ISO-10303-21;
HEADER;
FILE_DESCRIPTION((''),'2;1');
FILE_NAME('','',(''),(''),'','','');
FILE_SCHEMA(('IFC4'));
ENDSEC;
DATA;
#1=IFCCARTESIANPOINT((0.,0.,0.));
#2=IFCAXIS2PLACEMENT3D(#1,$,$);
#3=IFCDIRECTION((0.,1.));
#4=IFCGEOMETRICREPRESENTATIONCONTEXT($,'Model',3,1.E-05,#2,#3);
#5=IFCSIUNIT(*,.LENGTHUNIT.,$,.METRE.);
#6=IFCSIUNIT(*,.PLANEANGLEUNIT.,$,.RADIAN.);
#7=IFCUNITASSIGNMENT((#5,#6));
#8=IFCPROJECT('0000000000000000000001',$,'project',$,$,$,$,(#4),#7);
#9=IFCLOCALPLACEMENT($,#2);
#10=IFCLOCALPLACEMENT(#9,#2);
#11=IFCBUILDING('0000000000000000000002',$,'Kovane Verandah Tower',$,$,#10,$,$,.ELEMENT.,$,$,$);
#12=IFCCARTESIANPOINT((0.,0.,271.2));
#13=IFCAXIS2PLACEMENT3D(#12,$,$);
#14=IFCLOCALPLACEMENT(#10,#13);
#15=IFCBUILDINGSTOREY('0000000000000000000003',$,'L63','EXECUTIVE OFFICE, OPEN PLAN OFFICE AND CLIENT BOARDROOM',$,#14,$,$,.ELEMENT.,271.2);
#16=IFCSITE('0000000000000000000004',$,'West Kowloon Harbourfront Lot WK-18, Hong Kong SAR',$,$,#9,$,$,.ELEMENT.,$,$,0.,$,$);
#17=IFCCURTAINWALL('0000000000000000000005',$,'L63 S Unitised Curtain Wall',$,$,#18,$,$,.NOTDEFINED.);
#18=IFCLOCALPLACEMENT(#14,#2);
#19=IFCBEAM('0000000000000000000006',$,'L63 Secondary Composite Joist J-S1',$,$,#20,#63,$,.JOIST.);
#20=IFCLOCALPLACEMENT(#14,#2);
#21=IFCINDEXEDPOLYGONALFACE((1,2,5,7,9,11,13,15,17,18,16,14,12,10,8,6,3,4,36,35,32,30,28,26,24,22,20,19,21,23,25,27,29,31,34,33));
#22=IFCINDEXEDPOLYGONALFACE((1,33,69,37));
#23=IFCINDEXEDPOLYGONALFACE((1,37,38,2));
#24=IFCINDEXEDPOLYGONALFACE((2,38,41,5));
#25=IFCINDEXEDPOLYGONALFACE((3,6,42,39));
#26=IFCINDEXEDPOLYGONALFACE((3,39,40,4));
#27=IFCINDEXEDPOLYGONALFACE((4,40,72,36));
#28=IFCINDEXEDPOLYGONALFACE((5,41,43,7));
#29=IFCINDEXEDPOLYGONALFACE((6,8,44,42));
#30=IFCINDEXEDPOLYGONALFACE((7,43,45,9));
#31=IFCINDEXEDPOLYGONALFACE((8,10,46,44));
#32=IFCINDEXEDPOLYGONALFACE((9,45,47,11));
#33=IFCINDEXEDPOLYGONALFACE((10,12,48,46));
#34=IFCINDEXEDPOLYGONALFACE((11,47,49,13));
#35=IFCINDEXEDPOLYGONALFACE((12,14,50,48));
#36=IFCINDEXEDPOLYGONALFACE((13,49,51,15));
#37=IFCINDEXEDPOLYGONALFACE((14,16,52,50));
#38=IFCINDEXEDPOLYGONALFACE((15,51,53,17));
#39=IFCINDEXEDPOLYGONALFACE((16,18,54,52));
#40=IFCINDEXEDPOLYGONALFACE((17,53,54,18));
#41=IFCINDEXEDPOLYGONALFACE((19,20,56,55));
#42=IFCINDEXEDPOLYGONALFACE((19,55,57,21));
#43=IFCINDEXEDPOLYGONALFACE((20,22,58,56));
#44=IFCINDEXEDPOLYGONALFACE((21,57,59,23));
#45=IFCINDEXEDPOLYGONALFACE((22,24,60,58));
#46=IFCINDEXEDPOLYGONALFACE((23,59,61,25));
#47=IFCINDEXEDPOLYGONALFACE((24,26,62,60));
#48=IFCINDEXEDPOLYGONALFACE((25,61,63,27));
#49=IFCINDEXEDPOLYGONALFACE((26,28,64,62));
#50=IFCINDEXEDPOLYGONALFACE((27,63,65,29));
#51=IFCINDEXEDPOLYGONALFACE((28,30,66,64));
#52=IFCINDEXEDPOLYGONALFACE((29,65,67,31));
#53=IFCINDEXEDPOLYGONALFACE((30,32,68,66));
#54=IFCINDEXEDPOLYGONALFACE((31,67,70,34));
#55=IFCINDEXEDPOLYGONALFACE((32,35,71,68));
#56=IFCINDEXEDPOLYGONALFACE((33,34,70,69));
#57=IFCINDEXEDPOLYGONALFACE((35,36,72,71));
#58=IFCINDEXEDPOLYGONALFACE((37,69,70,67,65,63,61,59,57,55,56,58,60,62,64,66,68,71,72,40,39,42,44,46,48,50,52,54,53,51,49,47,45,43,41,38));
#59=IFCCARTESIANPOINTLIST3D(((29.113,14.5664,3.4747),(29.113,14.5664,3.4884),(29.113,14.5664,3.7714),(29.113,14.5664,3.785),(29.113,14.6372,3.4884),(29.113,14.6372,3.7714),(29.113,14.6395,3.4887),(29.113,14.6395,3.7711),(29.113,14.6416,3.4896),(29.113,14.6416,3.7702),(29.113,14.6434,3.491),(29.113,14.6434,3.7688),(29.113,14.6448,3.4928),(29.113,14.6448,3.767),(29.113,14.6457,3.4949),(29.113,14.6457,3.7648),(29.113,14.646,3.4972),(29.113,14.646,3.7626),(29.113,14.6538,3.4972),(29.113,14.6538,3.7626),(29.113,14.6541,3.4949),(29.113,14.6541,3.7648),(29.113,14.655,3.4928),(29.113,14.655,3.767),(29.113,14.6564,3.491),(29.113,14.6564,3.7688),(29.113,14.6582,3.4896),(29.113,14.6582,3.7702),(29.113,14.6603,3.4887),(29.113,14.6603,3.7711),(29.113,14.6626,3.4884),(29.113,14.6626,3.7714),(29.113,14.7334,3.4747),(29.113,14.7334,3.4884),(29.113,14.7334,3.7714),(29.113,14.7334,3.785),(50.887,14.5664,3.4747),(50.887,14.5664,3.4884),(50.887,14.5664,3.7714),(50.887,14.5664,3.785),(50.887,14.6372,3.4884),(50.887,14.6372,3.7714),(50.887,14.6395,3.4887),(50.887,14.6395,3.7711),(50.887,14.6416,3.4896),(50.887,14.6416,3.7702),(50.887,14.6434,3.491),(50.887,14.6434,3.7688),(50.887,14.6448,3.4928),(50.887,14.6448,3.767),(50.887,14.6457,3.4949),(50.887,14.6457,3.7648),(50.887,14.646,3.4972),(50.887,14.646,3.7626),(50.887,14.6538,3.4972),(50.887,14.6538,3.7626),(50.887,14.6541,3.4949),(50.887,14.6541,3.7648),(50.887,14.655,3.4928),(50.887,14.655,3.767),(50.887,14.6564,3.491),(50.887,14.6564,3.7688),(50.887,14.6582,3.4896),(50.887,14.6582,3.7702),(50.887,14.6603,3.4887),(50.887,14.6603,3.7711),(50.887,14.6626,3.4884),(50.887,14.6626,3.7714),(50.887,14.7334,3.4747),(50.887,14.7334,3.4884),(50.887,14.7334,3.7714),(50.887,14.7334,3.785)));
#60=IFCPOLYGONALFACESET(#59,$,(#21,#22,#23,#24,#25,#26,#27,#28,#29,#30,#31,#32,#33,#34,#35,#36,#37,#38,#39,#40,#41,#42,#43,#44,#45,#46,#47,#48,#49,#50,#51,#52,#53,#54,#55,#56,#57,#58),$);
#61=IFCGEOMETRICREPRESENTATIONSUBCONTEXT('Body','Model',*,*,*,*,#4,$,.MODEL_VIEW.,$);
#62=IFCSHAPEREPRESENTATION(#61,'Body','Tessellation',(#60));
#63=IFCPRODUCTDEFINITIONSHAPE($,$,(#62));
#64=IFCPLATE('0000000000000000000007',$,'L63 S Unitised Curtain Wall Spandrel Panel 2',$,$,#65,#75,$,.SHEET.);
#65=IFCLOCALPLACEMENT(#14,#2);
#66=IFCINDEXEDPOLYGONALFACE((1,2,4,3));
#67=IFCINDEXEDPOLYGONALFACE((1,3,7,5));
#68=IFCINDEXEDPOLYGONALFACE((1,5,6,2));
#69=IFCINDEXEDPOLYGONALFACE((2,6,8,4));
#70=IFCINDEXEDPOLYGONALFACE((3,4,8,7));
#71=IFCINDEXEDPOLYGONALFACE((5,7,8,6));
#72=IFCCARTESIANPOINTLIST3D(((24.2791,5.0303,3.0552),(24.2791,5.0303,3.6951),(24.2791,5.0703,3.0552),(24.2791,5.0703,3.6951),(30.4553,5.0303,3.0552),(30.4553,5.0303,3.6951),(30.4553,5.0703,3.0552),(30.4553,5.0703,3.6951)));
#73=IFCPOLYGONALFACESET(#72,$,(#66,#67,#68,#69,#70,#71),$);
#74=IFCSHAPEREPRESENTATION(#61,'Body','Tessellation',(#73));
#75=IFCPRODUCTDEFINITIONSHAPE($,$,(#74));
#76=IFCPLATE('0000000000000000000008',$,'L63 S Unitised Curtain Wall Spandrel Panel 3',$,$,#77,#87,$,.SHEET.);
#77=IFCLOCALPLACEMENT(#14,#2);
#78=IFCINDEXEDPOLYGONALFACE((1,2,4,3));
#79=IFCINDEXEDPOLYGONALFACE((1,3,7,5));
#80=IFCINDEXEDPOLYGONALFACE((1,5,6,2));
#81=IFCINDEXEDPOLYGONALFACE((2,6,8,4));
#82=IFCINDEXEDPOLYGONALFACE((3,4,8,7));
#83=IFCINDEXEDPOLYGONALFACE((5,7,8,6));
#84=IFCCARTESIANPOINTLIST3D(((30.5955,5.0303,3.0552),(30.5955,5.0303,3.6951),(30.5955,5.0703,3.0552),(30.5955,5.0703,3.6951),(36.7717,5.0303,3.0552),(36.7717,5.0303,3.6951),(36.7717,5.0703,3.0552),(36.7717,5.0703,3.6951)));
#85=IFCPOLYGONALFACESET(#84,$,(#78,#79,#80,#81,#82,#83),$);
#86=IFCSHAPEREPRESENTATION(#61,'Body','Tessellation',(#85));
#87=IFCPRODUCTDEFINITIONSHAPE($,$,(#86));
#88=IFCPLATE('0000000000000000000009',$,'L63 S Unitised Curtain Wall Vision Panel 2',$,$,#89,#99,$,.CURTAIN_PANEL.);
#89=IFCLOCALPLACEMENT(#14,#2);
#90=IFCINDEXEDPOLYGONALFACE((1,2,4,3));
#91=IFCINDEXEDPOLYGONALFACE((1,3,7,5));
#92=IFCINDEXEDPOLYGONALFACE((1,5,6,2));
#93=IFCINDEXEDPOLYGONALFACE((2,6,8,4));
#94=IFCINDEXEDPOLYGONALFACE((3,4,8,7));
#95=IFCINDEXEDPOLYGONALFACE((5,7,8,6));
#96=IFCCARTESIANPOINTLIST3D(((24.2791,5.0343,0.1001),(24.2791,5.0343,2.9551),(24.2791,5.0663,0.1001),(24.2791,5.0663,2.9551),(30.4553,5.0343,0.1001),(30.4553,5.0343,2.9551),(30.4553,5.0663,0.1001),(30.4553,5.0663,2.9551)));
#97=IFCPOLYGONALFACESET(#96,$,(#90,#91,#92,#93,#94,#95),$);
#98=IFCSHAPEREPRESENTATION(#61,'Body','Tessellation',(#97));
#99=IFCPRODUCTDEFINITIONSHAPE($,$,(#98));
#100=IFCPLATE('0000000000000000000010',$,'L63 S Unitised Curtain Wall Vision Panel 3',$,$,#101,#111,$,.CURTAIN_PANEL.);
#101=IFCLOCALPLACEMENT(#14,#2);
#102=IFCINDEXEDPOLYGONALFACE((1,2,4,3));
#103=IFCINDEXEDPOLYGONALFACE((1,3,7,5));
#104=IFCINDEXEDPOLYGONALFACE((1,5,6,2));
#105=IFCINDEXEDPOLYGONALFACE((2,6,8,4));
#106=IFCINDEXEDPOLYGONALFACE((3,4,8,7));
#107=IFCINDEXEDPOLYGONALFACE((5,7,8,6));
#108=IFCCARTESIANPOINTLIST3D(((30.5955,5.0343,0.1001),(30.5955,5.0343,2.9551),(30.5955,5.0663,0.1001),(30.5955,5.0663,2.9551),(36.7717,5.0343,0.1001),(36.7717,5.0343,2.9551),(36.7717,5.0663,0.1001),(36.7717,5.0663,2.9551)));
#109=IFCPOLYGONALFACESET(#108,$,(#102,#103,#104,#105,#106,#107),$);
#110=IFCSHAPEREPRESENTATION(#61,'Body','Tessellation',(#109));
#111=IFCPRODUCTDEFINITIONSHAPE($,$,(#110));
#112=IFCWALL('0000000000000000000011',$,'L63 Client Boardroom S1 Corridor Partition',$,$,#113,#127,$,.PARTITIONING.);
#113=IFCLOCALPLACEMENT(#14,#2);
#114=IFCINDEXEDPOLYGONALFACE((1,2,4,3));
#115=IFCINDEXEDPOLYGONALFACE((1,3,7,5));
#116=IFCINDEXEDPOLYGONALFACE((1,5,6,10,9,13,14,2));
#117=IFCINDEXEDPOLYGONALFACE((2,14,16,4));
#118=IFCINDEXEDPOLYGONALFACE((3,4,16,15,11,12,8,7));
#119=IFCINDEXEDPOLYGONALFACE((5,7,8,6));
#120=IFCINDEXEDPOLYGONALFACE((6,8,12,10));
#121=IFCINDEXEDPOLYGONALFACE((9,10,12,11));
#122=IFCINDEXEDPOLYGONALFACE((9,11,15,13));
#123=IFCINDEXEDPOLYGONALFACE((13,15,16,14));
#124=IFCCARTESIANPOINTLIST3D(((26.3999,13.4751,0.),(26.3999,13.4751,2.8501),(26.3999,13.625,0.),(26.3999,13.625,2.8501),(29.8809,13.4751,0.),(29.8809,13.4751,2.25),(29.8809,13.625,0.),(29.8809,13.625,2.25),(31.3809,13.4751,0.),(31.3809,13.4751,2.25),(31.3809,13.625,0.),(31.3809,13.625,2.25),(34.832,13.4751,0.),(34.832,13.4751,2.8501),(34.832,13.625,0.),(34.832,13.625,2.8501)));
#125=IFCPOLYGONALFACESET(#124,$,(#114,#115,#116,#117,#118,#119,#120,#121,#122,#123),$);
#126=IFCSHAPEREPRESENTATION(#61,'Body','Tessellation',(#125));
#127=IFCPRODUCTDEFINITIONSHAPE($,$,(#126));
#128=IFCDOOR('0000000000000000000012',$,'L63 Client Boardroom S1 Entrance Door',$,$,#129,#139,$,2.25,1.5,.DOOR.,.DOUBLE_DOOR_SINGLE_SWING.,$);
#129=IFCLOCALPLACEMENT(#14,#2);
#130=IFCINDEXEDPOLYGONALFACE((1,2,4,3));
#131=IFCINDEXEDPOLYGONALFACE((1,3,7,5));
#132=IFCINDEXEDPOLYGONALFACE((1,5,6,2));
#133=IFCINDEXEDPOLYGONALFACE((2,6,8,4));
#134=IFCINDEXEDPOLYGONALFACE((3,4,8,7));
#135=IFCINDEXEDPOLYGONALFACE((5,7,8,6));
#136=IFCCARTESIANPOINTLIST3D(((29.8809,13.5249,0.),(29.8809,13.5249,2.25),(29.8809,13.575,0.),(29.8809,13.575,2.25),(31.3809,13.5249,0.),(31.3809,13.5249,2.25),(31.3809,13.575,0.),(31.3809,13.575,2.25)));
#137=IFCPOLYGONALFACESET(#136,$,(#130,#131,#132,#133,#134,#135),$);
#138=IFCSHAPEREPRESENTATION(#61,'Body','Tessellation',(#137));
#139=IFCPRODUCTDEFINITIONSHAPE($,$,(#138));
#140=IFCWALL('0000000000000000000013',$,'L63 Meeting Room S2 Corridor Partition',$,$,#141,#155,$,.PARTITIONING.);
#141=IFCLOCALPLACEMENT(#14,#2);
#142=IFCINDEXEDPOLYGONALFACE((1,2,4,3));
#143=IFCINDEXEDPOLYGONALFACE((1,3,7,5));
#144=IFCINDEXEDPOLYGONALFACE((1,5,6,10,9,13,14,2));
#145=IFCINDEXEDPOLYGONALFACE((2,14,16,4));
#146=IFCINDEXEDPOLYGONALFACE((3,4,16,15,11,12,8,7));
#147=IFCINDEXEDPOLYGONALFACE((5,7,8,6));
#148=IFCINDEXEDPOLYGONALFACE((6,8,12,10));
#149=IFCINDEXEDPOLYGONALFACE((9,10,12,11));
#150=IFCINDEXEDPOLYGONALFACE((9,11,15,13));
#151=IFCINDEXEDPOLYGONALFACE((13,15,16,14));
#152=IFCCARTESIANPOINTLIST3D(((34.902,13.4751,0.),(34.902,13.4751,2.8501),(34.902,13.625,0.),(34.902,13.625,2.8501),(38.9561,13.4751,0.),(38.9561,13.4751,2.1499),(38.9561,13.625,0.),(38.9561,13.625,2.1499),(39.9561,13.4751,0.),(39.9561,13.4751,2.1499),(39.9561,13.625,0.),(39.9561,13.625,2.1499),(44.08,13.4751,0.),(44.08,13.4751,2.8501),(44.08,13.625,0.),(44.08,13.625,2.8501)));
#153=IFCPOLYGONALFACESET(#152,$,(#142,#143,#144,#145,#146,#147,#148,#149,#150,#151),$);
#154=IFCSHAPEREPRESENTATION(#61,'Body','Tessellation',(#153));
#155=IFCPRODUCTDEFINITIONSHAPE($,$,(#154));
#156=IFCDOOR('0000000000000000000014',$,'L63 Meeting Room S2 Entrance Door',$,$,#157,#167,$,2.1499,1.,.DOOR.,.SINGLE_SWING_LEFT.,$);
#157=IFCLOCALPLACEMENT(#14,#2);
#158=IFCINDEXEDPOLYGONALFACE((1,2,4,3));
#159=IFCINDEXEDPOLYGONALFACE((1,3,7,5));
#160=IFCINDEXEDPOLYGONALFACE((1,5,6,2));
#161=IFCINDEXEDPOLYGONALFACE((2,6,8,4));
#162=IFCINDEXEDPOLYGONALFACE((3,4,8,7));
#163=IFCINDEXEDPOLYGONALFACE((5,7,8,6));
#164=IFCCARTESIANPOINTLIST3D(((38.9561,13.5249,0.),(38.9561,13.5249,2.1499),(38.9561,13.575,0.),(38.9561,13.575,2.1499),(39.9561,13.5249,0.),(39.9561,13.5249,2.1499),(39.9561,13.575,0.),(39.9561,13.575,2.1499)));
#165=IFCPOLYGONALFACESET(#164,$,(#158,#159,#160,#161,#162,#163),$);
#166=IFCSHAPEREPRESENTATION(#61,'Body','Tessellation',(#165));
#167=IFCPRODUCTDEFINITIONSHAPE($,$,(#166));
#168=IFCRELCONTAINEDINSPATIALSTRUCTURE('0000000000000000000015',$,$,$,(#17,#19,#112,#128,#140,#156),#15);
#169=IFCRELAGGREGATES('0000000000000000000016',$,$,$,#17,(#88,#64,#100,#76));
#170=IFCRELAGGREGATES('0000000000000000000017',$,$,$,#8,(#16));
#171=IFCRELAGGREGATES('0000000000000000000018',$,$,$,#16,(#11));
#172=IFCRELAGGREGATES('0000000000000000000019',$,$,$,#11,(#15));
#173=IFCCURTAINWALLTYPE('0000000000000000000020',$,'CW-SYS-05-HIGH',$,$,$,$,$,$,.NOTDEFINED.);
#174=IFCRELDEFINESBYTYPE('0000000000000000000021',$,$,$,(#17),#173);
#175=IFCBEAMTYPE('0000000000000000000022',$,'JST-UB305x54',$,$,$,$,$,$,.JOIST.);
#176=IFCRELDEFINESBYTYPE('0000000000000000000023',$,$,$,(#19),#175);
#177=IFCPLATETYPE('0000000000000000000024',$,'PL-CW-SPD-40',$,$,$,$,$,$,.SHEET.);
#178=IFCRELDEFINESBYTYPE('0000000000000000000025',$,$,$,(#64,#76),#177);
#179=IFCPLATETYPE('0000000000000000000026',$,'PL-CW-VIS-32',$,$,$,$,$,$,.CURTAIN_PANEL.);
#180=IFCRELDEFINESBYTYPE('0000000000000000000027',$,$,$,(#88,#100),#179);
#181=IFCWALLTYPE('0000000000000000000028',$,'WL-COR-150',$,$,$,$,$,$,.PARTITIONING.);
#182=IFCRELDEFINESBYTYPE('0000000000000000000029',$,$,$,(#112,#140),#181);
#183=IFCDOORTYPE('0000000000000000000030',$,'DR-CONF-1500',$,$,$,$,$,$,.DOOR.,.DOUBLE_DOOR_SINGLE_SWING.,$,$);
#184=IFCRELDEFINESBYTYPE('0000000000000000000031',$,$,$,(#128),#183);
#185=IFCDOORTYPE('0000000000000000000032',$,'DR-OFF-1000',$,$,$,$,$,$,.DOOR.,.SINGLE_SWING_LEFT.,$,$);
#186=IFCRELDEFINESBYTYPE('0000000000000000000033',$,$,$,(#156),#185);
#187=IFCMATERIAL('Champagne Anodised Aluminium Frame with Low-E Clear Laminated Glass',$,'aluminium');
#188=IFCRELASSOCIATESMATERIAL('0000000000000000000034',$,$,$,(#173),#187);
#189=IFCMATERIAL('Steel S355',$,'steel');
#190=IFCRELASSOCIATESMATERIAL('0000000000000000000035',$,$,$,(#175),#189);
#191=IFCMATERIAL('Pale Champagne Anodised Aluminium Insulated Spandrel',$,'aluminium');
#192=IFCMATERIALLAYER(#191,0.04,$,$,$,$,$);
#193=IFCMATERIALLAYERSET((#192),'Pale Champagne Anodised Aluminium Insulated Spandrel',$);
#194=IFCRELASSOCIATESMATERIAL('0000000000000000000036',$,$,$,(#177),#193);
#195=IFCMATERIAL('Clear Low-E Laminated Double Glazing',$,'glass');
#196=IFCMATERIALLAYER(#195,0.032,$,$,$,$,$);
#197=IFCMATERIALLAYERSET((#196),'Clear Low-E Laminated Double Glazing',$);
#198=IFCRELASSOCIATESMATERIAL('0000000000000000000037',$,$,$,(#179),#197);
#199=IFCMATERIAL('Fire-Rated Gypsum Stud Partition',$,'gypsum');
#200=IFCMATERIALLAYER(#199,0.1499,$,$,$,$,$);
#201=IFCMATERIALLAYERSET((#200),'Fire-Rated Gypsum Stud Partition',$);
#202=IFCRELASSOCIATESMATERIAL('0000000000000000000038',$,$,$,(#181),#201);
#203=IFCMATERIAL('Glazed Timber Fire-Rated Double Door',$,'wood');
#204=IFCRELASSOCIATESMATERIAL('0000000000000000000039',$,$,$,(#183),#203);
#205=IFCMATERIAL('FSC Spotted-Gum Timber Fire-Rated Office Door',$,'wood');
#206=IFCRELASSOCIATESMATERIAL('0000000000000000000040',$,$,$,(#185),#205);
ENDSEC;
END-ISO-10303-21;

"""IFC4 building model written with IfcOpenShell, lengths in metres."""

from ifc_helpers import new_model, si_unit, direction, frame, frame_2d, origin, origin_2d, place, context, subcontext, project, spatial, rectangle, i_section, extrude, material, layer, layer_set, material_profile, profile_set, type_object, element, fill, aggregate, save


model = new_model("IFC4")

# Units and contexts
model_context = context("Model", 3, precision=1e-05, world=origin(), true_north=direction((0.0, 1.0)))
body_context = subcontext(model_context, "Body", "Model", "MODEL_VIEW")
ifc_project = project(units=[si_unit("LENGTHUNIT", "METRE"), si_unit("PLANEANGLEUNIT", "RADIAN")], contexts=[model_context])

# Site, building, storey
site_placement = place(None, origin())
site = spatial("IfcSite", under=ifc_project, at=site_placement, Name="West Kowloon Harbourfront Lot WK-18, Hong Kong SAR", CompositionType="ELEMENT", RefElevation=0.0)
building_placement = place(site_placement, origin())
building = spatial("IfcBuilding", under=site, at=building_placement, Name="Kovane Verandah Tower", CompositionType="ELEMENT")
storey_placement = place(building_placement, frame((0.0, 0.0, 271.2)))
storey = spatial("IfcBuildingStorey", under=building, at=storey_placement, Name="L63", Description="EXECUTIVE OFFICE, OPEN PLAN OFFICE AND CLIENT BOARDROOM", CompositionType="ELEMENT", Elevation=271.2)

# Shared definitions
ifc_material_1 = material(Name="Steel S355", Category="steel")

# Curtain wall
ifc_material_2 = material(Name="Champagne Anodised Aluminium Frame with Low-E Clear Laminated Glass", Category="aluminium")
curtain_wall_type = type_object("IfcCurtainWallType", Name="CW-SYS-05-HIGH", PredefinedType="NOTDEFINED", material=ifc_material_2)
curtain_wall_placement = place(storey_placement, origin())
curtain_wall = element("IfcCurtainWall", 1, at=curtain_wall_placement, inside=storey, type_object=curtain_wall_type, Name="L63 S Unitised Curtain Wall", PredefinedType="NOTDEFINED")

# Beam
ifc_material_profile_1 = material_profile(ifc_material_1, i_section(OverallWidth=0.167, OverallDepth=0.3103, WebThickness=0.0078, FlangeThickness=0.0137, FilletRadius=0.0088, at=origin_2d()), Name="UB305x165x54")
ifc_profile_set_1 = profile_set([ifc_material_profile_1], Name="Steel S355")
beam_type_1 = type_object("IfcBeamType", Name="JST-UB305x54", PredefinedType="JOIST", material=ifc_profile_set_1)
beam_1_placement = place(storey_placement, frame((29.113, 14.6499, 3.6299), z_axis=(1.0, 0.0, 0.0), x_axis=(0.0, 1.0, 0.0)))
element("IfcBeam", 2, at=beam_1_placement, inside=storey, type_object=beam_type_1, Name="L63 Secondary Composite Joist J-S1", PredefinedType="JOIST", context=body_context, shape_type="SweptSolid", body=[
    extrude(i_section(OverallWidth=0.167, OverallDepth=0.3103, WebThickness=0.0078, FlangeThickness=0.0137, FilletRadius=0.0088, at=origin_2d()), origin(), (0.0, 0.0, 1.0), 21.7739),
])

# Plates
ifc_material_3 = material(Name="Pale Champagne Anodised Aluminium Insulated Spandrel", Category="aluminium")
ifc_layer_1 = layer(ifc_material_3, 0.04)
ifc_layer_set_1 = layer_set([ifc_layer_1], Name="Pale Champagne Anodised Aluminium Insulated Spandrel")
plate_type_1 = type_object("IfcPlateType", Name="PL-CW-SPD-40", PredefinedType="SHEET", material=ifc_layer_set_1)
plate_1_placement = place(storey_placement, frame((27.3672, 5.0503, 3.0552), z_axis=(0.0, 0.0, 1.0), x_axis=(1.0, 0.0, 0.0)))
plate_1 = element("IfcPlate", 3, at=plate_1_placement, type_object=plate_type_1, Name="L63 S Unitised Curtain Wall Spandrel Panel 2", PredefinedType="SHEET", context=body_context, shape_type="SweptSolid", body=[
    extrude(rectangle(XDim=6.1763, YDim=0.04, at=origin_2d()), origin(), (0.0, 0.0, 1.0), 0.6399),
])
plate_2_placement = place(storey_placement, frame((33.6836, 5.0503, 3.0552), z_axis=(0.0, 0.0, 1.0), x_axis=(1.0, 0.0, 0.0)))
plate_2 = element("IfcPlate", 4, at=plate_2_placement, type_object=plate_type_1, Name="L63 S Unitised Curtain Wall Spandrel Panel 3", PredefinedType="SHEET", context=body_context, shape_type="SweptSolid", body=[
    extrude(rectangle(XDim=6.1763, YDim=0.04, at=origin_2d()), origin(), (0.0, 0.0, 1.0), 0.6399),
])
ifc_material_4 = material(Name="Clear Low-E Laminated Double Glazing", Category="glass")
ifc_layer_2 = layer(ifc_material_4, 0.032)
ifc_layer_set_2 = layer_set([ifc_layer_2], Name="Clear Low-E Laminated Double Glazing")
plate_type_2 = type_object("IfcPlateType", Name="PL-CW-VIS-32", PredefinedType="CURTAIN_PANEL", material=ifc_layer_set_2)
plate_3_placement = place(storey_placement, frame((27.3672, 5.0503, 0.1001), z_axis=(0.0, 0.0, 1.0), x_axis=(1.0, 0.0, 0.0)))
plate_3 = element("IfcPlate", 5, at=plate_3_placement, type_object=plate_type_2, Name="L63 S Unitised Curtain Wall Vision Panel 2", PredefinedType="CURTAIN_PANEL", context=body_context, shape_type="SweptSolid", body=[
    extrude(rectangle(XDim=6.1763, YDim=0.032, at=origin_2d()), origin(), (0.0, 0.0, 1.0), 2.855),
])
plate_4_placement = place(storey_placement, frame((33.6836, 5.0503, 0.1001), z_axis=(0.0, 0.0, 1.0), x_axis=(1.0, 0.0, 0.0)))
plate_4 = element("IfcPlate", 6, at=plate_4_placement, type_object=plate_type_2, Name="L63 S Unitised Curtain Wall Vision Panel 3", PredefinedType="CURTAIN_PANEL", context=body_context, shape_type="SweptSolid", body=[
    extrude(rectangle(XDim=6.1763, YDim=0.032, at=origin_2d()), origin(), (0.0, 0.0, 1.0), 2.855),
])
aggregate(curtain_wall, [plate_3, plate_1, plate_4, plate_2])

# Walls, openings, doors
ifc_material_5 = material(Name="Fire-Rated Gypsum Stud Partition", Category="gypsum")
ifc_layer_3 = layer(ifc_material_5, 0.1499)
ifc_layer_set_3 = layer_set([ifc_layer_3], Name="Fire-Rated Gypsum Stud Partition")
wall_type_1 = type_object("IfcWallType", Name="WL-COR-150", PredefinedType="PARTITIONING", material=ifc_layer_set_3)
wall_1_placement = place(storey_placement, frame((26.3999, 13.55, 0.0), z_axis=(0.0, 0.0, 1.0), x_axis=(1.0, 0.0, 0.0)))
wall_1 = element("IfcWall", 7, at=wall_1_placement, inside=storey, type_object=wall_type_1, Name="L63 Client Boardroom S1 Corridor Partition", PredefinedType="PARTITIONING", context=body_context, shape_type="SweptSolid", body=[
    extrude(rectangle(XDim=8.4321, YDim=0.1499, at=frame_2d((4.2161, 0.0))), origin(), (0.0, 0.0, 1.0), 2.8501),
])
opening_1_placement = place(wall_1_placement, frame((3.481, 0.0, 0.0)))
opening_1 = element("IfcOpeningElement", 8, at=opening_1_placement, cuts=wall_1, PredefinedType="OPENING", context=body_context, shape_type="SweptSolid", body=[
    extrude(rectangle(XDim=1.5, YDim=2.25, at=frame_2d((0.75, 1.125))), frame((0.0, 0.075, 0.0), z_axis=(0.0, -1.0, 0.0), x_axis=(1.0, 0.0, 0.0)), (0.0, 0.0, 1.0), 0.1499),
])
ifc_material_6 = material(Name="Glazed Timber Fire-Rated Double Door", Category="wood")
door_type_1 = type_object("IfcDoorType", Name="DR-CONF-1500", OperationType="DOUBLE_DOOR_SINGLE_SWING", PredefinedType="DOOR", material=ifc_material_6)
door_1_placement = place(opening_1_placement, origin())
door_1 = element("IfcDoor", 9, at=door_1_placement, inside=storey, type_object=door_type_1, Name="L63 Client Boardroom S1 Entrance Door", OperationType="DOUBLE_DOOR_SINGLE_SWING", OverallHeight=2.25, OverallWidth=1.5, PredefinedType="DOOR", context=body_context, shape_type="SweptSolid", body=[
    extrude(rectangle(XDim=1.5, YDim=2.25, at=frame_2d((0.75, 1.125))), frame((0.0, 0.0249, 0.0), z_axis=(0.0, -1.0, 0.0), x_axis=(1.0, 0.0, 0.0)), (0.0, 0.0, 1.0), 0.05),
])
fill(opening_1, door_1)
wall_2_placement = place(storey_placement, frame((34.9021, 13.55, 0.0), z_axis=(0.0, 0.0, 1.0), x_axis=(1.0, 0.0, 0.0)))
wall_2 = element("IfcWall", 10, at=wall_2_placement, inside=storey, type_object=wall_type_1, Name="L63 Meeting Room S2 Corridor Partition", PredefinedType="PARTITIONING", context=body_context, shape_type="SweptSolid", body=[
    extrude(rectangle(XDim=9.178, YDim=0.1499, at=frame_2d((4.5889, 0.0))), origin(), (0.0, 0.0, 1.0), 2.8501),
])
opening_2_placement = place(wall_2_placement, frame((4.054, 0.0, 0.0)))
opening_2 = element("IfcOpeningElement", 11, at=opening_2_placement, cuts=wall_2, PredefinedType="OPENING", context=body_context, shape_type="SweptSolid", body=[
    extrude(rectangle(XDim=1.0, YDim=2.1499, at=frame_2d((0.5, 1.075))), frame((0.0, 0.075, 0.0), z_axis=(0.0, -1.0, 0.0), x_axis=(1.0, 0.0, 0.0)), (0.0, 0.0, 1.0), 0.1499),
])
ifc_material_7 = material(Name="FSC Spotted-Gum Timber Fire-Rated Office Door", Category="wood")
door_type_2 = type_object("IfcDoorType", Name="DR-OFF-1000", OperationType="SINGLE_SWING_LEFT", PredefinedType="DOOR", material=ifc_material_7)
door_2_placement = place(opening_2_placement, origin())
door_2 = element("IfcDoor", 12, at=door_2_placement, inside=storey, type_object=door_type_2, Name="L63 Meeting Room S2 Entrance Door", OperationType="SINGLE_SWING_LEFT", OverallHeight=2.1499, OverallWidth=1.0, PredefinedType="DOOR", context=body_context, shape_type="SweptSolid", body=[
    extrude(rectangle(XDim=1.0, YDim=2.1499, at=frame_2d((0.5, 1.075))), frame((0.0, 0.0249, 0.0), z_axis=(0.0, -1.0, 0.0), x_axis=(1.0, 0.0, 0.0)), (0.0, 0.0, 1.0), 0.05),
])
fill(opening_2, door_2)

save(model, "model.ifc")
